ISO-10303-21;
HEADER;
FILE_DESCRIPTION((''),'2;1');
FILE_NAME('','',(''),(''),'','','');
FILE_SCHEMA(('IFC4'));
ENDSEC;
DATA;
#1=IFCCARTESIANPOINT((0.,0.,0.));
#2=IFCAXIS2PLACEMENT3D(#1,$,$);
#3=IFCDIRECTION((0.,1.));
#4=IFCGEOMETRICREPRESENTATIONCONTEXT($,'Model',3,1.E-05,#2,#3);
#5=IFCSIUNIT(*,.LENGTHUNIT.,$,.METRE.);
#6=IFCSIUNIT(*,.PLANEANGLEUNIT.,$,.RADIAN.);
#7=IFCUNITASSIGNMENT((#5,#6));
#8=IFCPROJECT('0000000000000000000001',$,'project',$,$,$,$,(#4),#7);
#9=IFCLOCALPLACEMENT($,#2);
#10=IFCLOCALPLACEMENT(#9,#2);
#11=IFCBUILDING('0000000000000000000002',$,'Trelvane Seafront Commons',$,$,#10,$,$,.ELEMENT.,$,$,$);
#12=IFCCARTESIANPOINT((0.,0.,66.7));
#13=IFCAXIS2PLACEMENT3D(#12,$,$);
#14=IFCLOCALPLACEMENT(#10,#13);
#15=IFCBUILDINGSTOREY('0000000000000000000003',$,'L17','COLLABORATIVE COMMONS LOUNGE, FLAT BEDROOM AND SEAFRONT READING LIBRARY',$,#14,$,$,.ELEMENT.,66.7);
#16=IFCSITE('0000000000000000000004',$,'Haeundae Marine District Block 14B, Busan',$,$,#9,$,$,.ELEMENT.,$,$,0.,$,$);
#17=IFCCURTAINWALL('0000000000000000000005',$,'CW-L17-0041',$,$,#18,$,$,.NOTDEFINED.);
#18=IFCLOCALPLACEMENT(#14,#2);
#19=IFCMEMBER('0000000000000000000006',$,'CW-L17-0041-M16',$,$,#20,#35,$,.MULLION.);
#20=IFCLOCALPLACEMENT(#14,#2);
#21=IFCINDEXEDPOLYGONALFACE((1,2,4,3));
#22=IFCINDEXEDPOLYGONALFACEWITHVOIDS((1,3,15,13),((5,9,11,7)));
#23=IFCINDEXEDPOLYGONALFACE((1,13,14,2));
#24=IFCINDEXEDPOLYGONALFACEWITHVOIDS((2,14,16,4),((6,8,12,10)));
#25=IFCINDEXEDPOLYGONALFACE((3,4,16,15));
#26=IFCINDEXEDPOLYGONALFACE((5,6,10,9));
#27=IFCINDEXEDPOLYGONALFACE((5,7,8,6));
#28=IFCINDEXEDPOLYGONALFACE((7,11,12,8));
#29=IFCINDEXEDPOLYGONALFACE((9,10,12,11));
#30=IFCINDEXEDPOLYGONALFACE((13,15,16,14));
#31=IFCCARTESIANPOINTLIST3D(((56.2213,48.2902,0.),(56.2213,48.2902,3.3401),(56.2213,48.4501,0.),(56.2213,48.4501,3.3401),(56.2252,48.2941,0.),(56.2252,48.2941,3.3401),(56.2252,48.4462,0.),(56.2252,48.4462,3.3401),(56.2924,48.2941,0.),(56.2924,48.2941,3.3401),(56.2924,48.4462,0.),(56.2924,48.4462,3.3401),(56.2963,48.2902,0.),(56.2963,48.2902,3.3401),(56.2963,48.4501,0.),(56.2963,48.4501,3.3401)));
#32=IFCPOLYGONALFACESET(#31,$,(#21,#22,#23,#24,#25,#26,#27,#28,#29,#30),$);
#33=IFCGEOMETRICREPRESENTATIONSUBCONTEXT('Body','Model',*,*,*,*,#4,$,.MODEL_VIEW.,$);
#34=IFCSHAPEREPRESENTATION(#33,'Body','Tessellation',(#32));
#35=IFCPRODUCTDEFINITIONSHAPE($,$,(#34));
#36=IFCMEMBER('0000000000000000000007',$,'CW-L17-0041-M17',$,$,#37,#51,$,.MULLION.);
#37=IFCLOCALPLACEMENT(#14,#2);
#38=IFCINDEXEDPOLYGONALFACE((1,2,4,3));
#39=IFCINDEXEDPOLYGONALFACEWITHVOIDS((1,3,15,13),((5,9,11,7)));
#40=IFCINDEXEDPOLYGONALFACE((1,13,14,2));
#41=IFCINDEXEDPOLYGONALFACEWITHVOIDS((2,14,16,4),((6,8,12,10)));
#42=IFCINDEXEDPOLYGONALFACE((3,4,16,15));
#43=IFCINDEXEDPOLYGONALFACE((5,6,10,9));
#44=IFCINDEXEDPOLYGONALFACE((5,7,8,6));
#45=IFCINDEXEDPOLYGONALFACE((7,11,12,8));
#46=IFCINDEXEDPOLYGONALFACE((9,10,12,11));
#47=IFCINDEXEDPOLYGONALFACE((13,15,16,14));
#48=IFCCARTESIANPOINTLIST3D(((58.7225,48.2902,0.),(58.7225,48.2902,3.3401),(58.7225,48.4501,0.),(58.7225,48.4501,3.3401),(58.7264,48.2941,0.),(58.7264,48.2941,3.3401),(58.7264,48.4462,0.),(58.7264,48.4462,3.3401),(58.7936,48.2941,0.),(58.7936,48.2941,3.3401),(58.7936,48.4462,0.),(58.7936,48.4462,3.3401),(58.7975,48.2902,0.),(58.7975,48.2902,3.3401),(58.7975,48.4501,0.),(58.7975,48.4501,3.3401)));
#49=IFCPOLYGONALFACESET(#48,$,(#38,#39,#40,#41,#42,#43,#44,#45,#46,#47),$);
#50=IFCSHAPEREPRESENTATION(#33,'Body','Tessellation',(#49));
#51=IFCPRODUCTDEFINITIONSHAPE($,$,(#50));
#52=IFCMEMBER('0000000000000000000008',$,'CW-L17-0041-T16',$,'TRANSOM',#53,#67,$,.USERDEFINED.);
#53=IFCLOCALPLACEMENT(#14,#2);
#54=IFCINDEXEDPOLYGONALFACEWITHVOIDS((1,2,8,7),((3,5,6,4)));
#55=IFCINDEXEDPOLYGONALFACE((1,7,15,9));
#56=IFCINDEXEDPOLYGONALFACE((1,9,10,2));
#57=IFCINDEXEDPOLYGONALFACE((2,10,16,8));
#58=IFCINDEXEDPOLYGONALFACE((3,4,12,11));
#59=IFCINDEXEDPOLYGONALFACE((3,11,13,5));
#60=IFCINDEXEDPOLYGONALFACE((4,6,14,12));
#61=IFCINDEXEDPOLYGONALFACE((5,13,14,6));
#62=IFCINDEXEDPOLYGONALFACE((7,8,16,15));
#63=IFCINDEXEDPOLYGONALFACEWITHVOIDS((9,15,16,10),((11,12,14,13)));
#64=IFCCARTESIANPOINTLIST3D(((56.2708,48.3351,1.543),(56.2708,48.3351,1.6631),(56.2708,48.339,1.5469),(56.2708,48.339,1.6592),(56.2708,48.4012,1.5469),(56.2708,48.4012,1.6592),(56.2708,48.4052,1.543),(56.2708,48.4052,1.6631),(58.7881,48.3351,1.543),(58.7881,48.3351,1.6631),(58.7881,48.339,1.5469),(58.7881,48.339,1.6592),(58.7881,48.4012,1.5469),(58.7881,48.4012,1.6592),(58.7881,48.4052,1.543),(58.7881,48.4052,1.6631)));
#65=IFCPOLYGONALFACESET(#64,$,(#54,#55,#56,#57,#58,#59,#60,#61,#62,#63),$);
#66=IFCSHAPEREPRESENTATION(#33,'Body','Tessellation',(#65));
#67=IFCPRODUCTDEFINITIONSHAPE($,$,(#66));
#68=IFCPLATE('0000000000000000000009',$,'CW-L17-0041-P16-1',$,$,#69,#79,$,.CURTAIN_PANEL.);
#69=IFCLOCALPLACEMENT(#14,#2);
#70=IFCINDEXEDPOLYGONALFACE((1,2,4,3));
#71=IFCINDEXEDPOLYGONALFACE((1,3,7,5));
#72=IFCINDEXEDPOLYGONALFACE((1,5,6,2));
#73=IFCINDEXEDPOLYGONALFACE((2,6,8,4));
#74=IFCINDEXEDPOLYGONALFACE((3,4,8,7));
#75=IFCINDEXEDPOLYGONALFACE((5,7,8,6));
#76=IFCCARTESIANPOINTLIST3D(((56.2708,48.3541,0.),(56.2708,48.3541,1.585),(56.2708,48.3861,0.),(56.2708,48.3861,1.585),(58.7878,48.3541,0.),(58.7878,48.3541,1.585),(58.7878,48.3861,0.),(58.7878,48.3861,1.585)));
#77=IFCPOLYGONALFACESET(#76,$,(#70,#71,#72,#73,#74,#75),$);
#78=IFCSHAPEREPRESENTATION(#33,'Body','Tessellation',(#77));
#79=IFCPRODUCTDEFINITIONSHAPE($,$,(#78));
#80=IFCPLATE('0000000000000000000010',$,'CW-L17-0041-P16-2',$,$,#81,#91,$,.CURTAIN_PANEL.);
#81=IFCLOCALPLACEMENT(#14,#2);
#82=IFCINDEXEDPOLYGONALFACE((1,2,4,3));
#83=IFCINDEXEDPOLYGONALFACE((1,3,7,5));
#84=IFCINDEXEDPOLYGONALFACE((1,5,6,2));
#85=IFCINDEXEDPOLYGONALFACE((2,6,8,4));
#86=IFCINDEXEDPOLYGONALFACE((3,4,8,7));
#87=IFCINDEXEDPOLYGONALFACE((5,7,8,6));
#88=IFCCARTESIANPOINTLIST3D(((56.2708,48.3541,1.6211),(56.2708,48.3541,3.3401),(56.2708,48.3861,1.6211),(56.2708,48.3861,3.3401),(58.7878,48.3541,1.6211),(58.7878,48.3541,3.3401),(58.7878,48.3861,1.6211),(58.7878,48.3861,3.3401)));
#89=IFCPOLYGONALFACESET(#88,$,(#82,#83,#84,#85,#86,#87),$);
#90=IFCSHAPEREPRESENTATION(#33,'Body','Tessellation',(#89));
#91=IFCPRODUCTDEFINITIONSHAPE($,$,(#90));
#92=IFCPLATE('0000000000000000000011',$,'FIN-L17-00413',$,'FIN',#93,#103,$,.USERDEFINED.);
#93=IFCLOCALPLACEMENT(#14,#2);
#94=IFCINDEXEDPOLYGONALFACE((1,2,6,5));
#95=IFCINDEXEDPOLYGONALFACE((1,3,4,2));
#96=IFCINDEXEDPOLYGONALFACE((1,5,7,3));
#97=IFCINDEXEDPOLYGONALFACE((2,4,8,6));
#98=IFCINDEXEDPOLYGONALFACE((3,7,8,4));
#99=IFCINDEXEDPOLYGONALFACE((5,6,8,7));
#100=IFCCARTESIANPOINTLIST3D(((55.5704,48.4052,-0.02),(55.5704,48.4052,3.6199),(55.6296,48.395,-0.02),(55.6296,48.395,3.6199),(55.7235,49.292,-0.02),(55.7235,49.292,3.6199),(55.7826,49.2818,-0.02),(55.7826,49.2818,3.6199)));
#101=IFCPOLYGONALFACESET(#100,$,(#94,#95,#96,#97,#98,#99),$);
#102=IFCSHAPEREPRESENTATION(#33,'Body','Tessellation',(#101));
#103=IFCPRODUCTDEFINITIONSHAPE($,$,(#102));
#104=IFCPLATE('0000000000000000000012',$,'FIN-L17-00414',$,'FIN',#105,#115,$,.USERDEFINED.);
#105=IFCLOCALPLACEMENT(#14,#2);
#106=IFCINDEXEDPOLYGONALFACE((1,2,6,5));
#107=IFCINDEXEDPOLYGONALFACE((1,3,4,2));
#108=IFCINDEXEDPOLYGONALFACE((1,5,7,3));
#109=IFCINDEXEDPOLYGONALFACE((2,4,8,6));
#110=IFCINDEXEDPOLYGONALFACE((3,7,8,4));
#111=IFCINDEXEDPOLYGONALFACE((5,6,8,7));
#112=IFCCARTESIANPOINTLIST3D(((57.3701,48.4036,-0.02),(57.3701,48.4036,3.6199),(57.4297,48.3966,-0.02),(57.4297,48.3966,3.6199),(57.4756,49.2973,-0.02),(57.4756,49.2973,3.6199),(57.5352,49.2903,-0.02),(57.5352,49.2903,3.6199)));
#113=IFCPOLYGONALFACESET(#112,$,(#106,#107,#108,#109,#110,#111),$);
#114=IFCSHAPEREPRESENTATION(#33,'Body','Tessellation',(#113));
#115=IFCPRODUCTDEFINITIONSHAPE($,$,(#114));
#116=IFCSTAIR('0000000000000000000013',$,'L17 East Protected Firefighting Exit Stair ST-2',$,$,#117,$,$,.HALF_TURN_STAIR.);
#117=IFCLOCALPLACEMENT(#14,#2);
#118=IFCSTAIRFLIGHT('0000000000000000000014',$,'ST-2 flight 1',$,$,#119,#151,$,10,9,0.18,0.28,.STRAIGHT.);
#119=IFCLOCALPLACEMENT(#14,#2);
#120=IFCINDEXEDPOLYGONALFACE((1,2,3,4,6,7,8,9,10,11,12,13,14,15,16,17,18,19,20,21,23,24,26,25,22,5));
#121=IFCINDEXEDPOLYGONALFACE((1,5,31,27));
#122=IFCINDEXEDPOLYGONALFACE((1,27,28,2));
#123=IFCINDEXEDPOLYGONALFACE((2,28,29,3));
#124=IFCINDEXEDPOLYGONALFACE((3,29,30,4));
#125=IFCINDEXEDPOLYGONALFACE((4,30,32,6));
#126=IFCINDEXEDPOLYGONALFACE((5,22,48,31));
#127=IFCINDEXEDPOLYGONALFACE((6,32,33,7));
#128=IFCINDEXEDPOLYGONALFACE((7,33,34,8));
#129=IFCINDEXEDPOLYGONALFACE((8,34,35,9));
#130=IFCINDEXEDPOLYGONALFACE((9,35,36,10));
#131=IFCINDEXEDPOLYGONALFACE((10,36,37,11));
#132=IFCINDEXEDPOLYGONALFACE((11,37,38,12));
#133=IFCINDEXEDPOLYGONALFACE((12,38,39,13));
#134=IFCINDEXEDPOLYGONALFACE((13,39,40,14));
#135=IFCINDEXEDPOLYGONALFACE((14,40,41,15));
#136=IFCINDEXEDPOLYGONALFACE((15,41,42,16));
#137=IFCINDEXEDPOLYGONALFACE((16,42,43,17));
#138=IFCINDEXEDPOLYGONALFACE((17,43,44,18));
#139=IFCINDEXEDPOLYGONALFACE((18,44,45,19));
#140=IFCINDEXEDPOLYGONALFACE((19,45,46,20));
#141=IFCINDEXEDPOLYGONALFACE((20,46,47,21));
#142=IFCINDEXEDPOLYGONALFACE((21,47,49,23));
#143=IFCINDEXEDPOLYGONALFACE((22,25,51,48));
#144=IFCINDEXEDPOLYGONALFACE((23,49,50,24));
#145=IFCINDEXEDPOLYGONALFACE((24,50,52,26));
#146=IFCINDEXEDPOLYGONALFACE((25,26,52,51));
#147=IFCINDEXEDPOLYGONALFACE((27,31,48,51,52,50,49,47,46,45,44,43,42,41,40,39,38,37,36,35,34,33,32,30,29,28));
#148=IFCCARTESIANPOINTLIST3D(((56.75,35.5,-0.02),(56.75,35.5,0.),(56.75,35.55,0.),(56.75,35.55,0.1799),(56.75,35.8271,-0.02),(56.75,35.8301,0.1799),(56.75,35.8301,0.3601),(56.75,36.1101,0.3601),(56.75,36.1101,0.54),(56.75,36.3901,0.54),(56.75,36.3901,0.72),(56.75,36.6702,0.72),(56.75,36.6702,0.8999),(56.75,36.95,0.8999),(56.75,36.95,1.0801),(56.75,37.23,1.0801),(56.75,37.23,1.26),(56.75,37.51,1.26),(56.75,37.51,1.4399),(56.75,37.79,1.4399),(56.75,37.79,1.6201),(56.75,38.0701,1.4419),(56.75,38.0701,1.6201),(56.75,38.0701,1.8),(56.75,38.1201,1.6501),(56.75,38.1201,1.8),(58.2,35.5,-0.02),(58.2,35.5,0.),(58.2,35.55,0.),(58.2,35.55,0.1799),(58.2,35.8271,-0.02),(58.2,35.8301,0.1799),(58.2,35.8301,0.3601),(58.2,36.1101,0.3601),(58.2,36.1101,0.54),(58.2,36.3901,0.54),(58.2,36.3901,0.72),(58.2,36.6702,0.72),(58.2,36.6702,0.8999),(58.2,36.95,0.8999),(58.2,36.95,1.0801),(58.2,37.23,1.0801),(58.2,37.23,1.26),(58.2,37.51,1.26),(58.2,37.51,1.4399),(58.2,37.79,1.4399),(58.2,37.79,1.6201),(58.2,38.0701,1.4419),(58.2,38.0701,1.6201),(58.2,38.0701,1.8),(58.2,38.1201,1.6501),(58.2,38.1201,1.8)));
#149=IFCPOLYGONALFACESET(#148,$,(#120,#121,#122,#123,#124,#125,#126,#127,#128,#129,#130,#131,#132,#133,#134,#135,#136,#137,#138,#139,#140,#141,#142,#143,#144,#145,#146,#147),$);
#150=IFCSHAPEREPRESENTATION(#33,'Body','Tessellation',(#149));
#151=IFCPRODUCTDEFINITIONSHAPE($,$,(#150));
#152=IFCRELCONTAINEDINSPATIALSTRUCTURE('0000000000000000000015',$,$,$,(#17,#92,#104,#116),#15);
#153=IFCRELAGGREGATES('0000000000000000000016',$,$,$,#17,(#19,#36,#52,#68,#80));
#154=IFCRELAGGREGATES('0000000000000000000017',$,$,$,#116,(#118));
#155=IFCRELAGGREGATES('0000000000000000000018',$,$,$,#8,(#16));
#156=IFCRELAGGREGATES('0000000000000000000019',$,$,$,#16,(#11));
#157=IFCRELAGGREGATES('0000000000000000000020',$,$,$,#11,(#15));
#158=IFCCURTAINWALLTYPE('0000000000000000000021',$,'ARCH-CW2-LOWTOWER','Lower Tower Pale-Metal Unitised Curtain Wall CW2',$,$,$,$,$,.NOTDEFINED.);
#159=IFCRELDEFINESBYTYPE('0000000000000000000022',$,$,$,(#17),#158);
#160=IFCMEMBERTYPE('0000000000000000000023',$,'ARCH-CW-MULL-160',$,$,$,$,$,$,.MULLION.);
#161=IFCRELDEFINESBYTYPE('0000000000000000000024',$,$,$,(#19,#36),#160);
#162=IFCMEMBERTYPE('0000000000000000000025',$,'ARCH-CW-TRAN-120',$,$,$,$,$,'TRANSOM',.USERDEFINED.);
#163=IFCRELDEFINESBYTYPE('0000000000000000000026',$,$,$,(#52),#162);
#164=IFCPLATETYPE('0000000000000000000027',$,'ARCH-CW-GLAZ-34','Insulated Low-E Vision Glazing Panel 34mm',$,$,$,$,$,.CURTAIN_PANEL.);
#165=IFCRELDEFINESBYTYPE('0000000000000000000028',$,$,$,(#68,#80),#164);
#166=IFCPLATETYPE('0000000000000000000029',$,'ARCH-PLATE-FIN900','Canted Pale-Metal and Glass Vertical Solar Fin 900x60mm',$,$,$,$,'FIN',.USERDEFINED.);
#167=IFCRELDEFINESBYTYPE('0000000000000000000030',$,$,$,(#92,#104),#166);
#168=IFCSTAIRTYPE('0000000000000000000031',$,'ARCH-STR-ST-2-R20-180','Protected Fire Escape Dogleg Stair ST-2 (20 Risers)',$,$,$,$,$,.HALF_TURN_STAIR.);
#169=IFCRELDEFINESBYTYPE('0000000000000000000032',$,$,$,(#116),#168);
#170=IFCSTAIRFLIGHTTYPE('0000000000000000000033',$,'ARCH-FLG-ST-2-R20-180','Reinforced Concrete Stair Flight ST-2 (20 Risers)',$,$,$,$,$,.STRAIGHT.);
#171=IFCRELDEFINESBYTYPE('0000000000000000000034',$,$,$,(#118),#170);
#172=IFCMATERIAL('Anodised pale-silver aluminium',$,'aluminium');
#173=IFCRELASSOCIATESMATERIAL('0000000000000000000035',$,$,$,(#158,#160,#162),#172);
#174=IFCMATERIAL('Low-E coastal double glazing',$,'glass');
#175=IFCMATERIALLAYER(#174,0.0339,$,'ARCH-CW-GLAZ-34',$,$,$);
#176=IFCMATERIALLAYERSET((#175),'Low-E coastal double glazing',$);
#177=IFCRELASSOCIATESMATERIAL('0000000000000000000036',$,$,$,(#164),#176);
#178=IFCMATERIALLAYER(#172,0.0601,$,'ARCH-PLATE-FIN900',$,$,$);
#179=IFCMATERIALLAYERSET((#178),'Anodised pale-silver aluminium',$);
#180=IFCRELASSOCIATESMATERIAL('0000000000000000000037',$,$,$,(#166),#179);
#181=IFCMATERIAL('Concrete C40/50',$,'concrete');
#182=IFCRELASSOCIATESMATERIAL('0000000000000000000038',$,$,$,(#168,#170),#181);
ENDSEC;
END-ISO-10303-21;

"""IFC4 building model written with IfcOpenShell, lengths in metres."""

from ifc_helpers import new_model, si_unit, direction, frame, origin, origin_2d, place, context, subcontext, project, spatial, polyline, rectangle, hollow_rectangle, outline, extrude, source, transform, mapped, material, layer, layer_set, material_profile, profile_set, type_object, element, aggregate, save


model = new_model("IFC4")

# Units and contexts
model_context = context("Model", 3, precision=1e-05, world=origin(), true_north=direction((0.0, 1.0)))
body_context = subcontext(model_context, "Body", "Model", "MODEL_VIEW")
ifc_project = project(units=[si_unit("LENGTHUNIT", "METRE"), si_unit("PLANEANGLEUNIT", "RADIAN")], contexts=[model_context])

# Site, building, storey
site_placement = place(None, origin())
site = spatial("IfcSite", under=ifc_project, at=site_placement, Name="Haeundae Marine District Block 14B, Busan", CompositionType="ELEMENT", RefElevation=0.0)
building_placement = place(site_placement, origin())
building = spatial("IfcBuilding", under=site, at=building_placement, Name="Trelvane Seafront Commons", CompositionType="ELEMENT")
storey_placement = place(building_placement, frame((0.0, 0.0, 66.7)))
storey = spatial("IfcBuildingStorey", under=building, at=storey_placement, Name="L17", Description="COLLABORATIVE COMMONS LOUNGE, FLAT BEDROOM AND SEAFRONT READING LIBRARY", CompositionType="ELEMENT", Elevation=66.7)

# Curtain wall, members, plates
ifc_material_1 = material(Name="Anodised pale-silver aluminium", Category="aluminium")
curtain_wall_type = type_object("IfcCurtainWallType", Name="ARCH-CW2-LOWTOWER", Description="Lower Tower Pale-Metal Unitised Curtain Wall CW2", PredefinedType="NOTDEFINED", material=ifc_material_1)
curtain_wall_placement = place(storey_placement, origin())
curtain_wall = element("IfcCurtainWall", 1, at=curtain_wall_placement, inside=storey, type_object=curtain_wall_type, Name="CW-L17-0041", PredefinedType="NOTDEFINED")
ifc_material_profile_1 = material_profile(ifc_material_1, hollow_rectangle(XDim=0.075, YDim=0.1599, WallThickness=0.0039, at=origin_2d()), Name="MULL-75x160x4")
ifc_profile_set_1 = profile_set([ifc_material_profile_1], Name="Anodised pale-silver aluminium")
member_type_1 = type_object("IfcMemberType", Name="ARCH-CW-MULL-160", PredefinedType="MULLION", material=ifc_profile_set_1)
shared_shape_1 = source(origin(), body_context, "Body", "SweptSolid", [
    extrude(hollow_rectangle(XDim=0.075, YDim=0.1599, WallThickness=0.0039, at=origin_2d()), origin(), (0.0, 0.0, 1.0), 3.3401),
])
member_1_placement = place(storey_placement, frame((56.2588, 48.3701, 0.0), z_axis=(0.0, 0.0, 1.0), x_axis=(1.0, 0.0, 0.0)))
member_1 = element("IfcMember", 2, at=member_1_placement, type_object=member_type_1, Name="CW-L17-0041-M16", PredefinedType="MULLION", context=body_context, shape_type="MappedRepresentation", body=[
    mapped(shared_shape_1, transform((0.0, 0.0, 0.0), x_axis=(1.0, 0.0, 0.0), y_axis=(0.0, 1.0, 0.0), z_axis=(0.0, 0.0, 1.0), scale=1.0)),
])
member_2_placement = place(storey_placement, frame((58.76, 48.3701, 0.0), z_axis=(0.0, 0.0, 1.0), x_axis=(1.0, 0.0, 0.0)))
member_2 = element("IfcMember", 3, at=member_2_placement, type_object=member_type_1, Name="CW-L17-0041-M17", PredefinedType="MULLION", context=body_context, shape_type="MappedRepresentation", body=[
    mapped(shared_shape_1, transform((0.0, 0.0, 0.0), x_axis=(1.0, 0.0, 0.0), y_axis=(0.0, 1.0, 0.0), z_axis=(0.0, 0.0, 1.0), scale=1.0)),
])
ifc_material_profile_2 = material_profile(ifc_material_1, hollow_rectangle(XDim=0.0701, YDim=0.1201, WallThickness=0.0039, at=origin_2d()), Name="TRAN-70x120x4")
ifc_profile_set_2 = profile_set([ifc_material_profile_2], Name="Anodised pale-silver aluminium")
member_type_2 = type_object("IfcMemberType", Name="ARCH-CW-TRAN-120", ElementType="TRANSOM", PredefinedType="USERDEFINED", material=ifc_profile_set_2)
shared_shape_2 = source(origin(), body_context, "Body", "SweptSolid", [
    extrude(hollow_rectangle(XDim=0.0701, YDim=0.1201, WallThickness=0.0039, at=origin_2d()), origin(), (0.0, 0.0, 1.0), 2.5173),
])
member_3_placement = place(storey_placement, frame((56.2708, 48.3701, 1.603), z_axis=(1.0, 0.0, 0.0), x_axis=(0.0, 1.0, 0.0)))
member_3 = element("IfcMember", 4, at=member_3_placement, type_object=member_type_2, Name="CW-L17-0041-T16", ObjectType="TRANSOM", PredefinedType="USERDEFINED", context=body_context, shape_type="MappedRepresentation", body=[
    mapped(shared_shape_2, transform((0.0, 0.0, 0.0), x_axis=(1.0, 0.0, 0.0), y_axis=(0.0, 1.0, 0.0), z_axis=(0.0, 0.0, 1.0), scale=1.0)),
])
ifc_material_2 = material(Name="Low-E coastal double glazing", Category="glass")
ifc_layer_1 = layer(ifc_material_2, 0.0339, Name="ARCH-CW-GLAZ-34")
ifc_layer_set_1 = layer_set([ifc_layer_1], Name="Low-E coastal double glazing")
plate_type_1 = type_object("IfcPlateType", Name="ARCH-CW-GLAZ-34", Description="Insulated Low-E Vision Glazing Panel 34mm", PredefinedType="CURTAIN_PANEL", material=ifc_layer_set_1)
shared_shape_3 = source(origin(), body_context, "Body", "SweptSolid", [
    extrude(rectangle(XDim=2.5171, YDim=0.032, at=origin_2d()), origin(), (0.0, 0.0, 1.0), 1.585),
])
plate_1_placement = place(storey_placement, frame((57.5293, 48.3701, 0.0), z_axis=(0.0, 0.0, 1.0), x_axis=(1.0, 0.0, 0.0)))
plate_1 = element("IfcPlate", 5, at=plate_1_placement, type_object=plate_type_1, Name="CW-L17-0041-P16-1", PredefinedType="CURTAIN_PANEL", context=body_context, shape_type="MappedRepresentation", body=[
    mapped(shared_shape_3, transform((0.0, 0.0, 0.0), x_axis=(1.0, 0.0, 0.0), y_axis=(0.0, 1.0, 0.0), z_axis=(0.0, 0.0, 1.0), scale=1.0)),
])
shared_shape_4 = source(origin(), body_context, "Body", "SweptSolid", [
    extrude(rectangle(XDim=2.5171, YDim=0.032, at=origin_2d()), origin(), (0.0, 0.0, 1.0), 1.719),
])
plate_2_placement = place(storey_placement, frame((57.5293, 48.3701, 1.6211), z_axis=(0.0, 0.0, 1.0), x_axis=(1.0, 0.0, 0.0)))
plate_2 = element("IfcPlate", 6, at=plate_2_placement, type_object=plate_type_1, Name="CW-L17-0041-P16-2", PredefinedType="CURTAIN_PANEL", context=body_context, shape_type="MappedRepresentation", body=[
    mapped(shared_shape_4, transform((0.0, 0.0, 0.0), x_axis=(1.0, 0.0, 0.0), y_axis=(0.0, 1.0, 0.0), z_axis=(0.0, 0.0, 1.0), scale=1.0)),
])
aggregate(curtain_wall, [member_1, member_2, member_3, plate_1, plate_2])

# Plates
ifc_layer_2 = layer(ifc_material_1, 0.0601, Name="ARCH-PLATE-FIN900")
ifc_layer_set_2 = layer_set([ifc_layer_2], Name="Anodised pale-silver aluminium")
plate_type_2 = type_object("IfcPlateType", Name="ARCH-PLATE-FIN900", Description="Canted Pale-Metal and Glass Vertical Solar Fin 900x60mm", ElementType="FIN", PredefinedType="USERDEFINED", material=ifc_layer_set_2)
shared_shape_5 = source(origin(), body_context, "Body", "SweptSolid", [
    extrude(rectangle(XDim=0.8999, YDim=0.0601, at=origin_2d()), origin(), (0.0, 0.0, 1.0), 3.6399),
])
for number, where, z_axis, x_axis, name in (
    (7, (55.6765, 48.8435, -0.02), (0.0, 0.0, 1.0), (0.170108, 0.985425, 0.0), "FIN-L17-00413"),
    (8, (57.4526, 48.8469, -0.02), (0.0, 0.0, 1.0), (0.117222, 0.993106, 0.0), "FIN-L17-00414"),
):
    element("IfcPlate", number, at=place(storey_placement, frame(where, z_axis=z_axis, x_axis=x_axis)), inside=storey, type_object=plate_type_2, Name=name, ObjectType="FIN", PredefinedType="USERDEFINED", context=body_context, shape_type="MappedRepresentation", body=[
        mapped(shared_shape_5, transform((0.0, 0.0, 0.0), x_axis=(1.0, 0.0, 0.0), y_axis=(0.0, 1.0, 0.0), z_axis=(0.0, 0.0, 1.0), scale=1.0)),
    ])

# Stair, stair flight
ifc_material_3 = material(Name="Concrete C40/50", Category="concrete")
stair_type = type_object("IfcStairType", Name="ARCH-STR-ST-2-R20-180", Description="Protected Fire Escape Dogleg Stair ST-2 (20 Risers)", PredefinedType="HALF_TURN_STAIR", material=ifc_material_3)
stair_placement = place(storey_placement, origin())
stair = element("IfcStair", 9, at=stair_placement, inside=storey, type_object=stair_type, Name="L17 East Protected Firefighting Exit Stair ST-2", PredefinedType="HALF_TURN_STAIR")
stair_flight_type = type_object("IfcStairFlightType", Name="ARCH-FLG-ST-2-R20-180", Description="Reinforced Concrete Stair Flight ST-2 (20 Risers)", PredefinedType="STRAIGHT", material=ifc_material_3)
shared_shape_6 = source(origin(), body_context, "Body", "SweptSolid", [
    extrude(outline(polyline([(-0.05, -0.02), (-0.05, 0.0), (0.0, 0.0), (0.0, 0.1799), (0.28, 0.1799), (0.28, 0.3601), (0.5601, 0.3601), (0.5601, 0.54), (0.8401, 0.54), (0.8401, 0.72), (1.1201, 0.72), (1.1201, 0.8999), (1.3999, 0.8999), (1.3999, 1.0801), (1.6799, 1.0801), (1.6799, 1.26), (1.96, 1.26), (1.96, 1.4399), (2.24, 1.4399), (2.24, 1.6201), (2.52, 1.6201), (2.52, 1.8), (2.5701, 1.8), (2.5701, 1.6501), (2.52, 1.4419), (0.2771, -0.02), (-0.05, -0.02)])), frame((0.0, 0.7251, 0.0), z_axis=(0.0, -1.0, 0.0), x_axis=(1.0, 0.0, 0.0)), (0.0, 0.0, 1.0), 1.45),
])
stair_flight_1_placement = place(storey_placement, frame((57.4751, 35.55, 0.0), z_axis=(0.0, 0.0, 1.0), x_axis=(0.0, 1.0, 0.0)))
stair_flight_1 = element("IfcStairFlight", 10, at=stair_flight_1_placement, type_object=stair_flight_type, Name="ST-2 flight 1", NumberOfRisers=10, NumberOfTreads=9, PredefinedType="STRAIGHT", RiserHeight=0.18, TreadLength=0.28, context=body_context, shape_type="MappedRepresentation", body=[
    mapped(shared_shape_6, transform((0.0, 0.0, 0.0), x_axis=(1.0, 0.0, 0.0), y_axis=(0.0, 1.0, 0.0), z_axis=(0.0, 0.0, 1.0), scale=1.0)),
])
aggregate(stair, [stair_flight_1])

save(model, "model.ifc")
